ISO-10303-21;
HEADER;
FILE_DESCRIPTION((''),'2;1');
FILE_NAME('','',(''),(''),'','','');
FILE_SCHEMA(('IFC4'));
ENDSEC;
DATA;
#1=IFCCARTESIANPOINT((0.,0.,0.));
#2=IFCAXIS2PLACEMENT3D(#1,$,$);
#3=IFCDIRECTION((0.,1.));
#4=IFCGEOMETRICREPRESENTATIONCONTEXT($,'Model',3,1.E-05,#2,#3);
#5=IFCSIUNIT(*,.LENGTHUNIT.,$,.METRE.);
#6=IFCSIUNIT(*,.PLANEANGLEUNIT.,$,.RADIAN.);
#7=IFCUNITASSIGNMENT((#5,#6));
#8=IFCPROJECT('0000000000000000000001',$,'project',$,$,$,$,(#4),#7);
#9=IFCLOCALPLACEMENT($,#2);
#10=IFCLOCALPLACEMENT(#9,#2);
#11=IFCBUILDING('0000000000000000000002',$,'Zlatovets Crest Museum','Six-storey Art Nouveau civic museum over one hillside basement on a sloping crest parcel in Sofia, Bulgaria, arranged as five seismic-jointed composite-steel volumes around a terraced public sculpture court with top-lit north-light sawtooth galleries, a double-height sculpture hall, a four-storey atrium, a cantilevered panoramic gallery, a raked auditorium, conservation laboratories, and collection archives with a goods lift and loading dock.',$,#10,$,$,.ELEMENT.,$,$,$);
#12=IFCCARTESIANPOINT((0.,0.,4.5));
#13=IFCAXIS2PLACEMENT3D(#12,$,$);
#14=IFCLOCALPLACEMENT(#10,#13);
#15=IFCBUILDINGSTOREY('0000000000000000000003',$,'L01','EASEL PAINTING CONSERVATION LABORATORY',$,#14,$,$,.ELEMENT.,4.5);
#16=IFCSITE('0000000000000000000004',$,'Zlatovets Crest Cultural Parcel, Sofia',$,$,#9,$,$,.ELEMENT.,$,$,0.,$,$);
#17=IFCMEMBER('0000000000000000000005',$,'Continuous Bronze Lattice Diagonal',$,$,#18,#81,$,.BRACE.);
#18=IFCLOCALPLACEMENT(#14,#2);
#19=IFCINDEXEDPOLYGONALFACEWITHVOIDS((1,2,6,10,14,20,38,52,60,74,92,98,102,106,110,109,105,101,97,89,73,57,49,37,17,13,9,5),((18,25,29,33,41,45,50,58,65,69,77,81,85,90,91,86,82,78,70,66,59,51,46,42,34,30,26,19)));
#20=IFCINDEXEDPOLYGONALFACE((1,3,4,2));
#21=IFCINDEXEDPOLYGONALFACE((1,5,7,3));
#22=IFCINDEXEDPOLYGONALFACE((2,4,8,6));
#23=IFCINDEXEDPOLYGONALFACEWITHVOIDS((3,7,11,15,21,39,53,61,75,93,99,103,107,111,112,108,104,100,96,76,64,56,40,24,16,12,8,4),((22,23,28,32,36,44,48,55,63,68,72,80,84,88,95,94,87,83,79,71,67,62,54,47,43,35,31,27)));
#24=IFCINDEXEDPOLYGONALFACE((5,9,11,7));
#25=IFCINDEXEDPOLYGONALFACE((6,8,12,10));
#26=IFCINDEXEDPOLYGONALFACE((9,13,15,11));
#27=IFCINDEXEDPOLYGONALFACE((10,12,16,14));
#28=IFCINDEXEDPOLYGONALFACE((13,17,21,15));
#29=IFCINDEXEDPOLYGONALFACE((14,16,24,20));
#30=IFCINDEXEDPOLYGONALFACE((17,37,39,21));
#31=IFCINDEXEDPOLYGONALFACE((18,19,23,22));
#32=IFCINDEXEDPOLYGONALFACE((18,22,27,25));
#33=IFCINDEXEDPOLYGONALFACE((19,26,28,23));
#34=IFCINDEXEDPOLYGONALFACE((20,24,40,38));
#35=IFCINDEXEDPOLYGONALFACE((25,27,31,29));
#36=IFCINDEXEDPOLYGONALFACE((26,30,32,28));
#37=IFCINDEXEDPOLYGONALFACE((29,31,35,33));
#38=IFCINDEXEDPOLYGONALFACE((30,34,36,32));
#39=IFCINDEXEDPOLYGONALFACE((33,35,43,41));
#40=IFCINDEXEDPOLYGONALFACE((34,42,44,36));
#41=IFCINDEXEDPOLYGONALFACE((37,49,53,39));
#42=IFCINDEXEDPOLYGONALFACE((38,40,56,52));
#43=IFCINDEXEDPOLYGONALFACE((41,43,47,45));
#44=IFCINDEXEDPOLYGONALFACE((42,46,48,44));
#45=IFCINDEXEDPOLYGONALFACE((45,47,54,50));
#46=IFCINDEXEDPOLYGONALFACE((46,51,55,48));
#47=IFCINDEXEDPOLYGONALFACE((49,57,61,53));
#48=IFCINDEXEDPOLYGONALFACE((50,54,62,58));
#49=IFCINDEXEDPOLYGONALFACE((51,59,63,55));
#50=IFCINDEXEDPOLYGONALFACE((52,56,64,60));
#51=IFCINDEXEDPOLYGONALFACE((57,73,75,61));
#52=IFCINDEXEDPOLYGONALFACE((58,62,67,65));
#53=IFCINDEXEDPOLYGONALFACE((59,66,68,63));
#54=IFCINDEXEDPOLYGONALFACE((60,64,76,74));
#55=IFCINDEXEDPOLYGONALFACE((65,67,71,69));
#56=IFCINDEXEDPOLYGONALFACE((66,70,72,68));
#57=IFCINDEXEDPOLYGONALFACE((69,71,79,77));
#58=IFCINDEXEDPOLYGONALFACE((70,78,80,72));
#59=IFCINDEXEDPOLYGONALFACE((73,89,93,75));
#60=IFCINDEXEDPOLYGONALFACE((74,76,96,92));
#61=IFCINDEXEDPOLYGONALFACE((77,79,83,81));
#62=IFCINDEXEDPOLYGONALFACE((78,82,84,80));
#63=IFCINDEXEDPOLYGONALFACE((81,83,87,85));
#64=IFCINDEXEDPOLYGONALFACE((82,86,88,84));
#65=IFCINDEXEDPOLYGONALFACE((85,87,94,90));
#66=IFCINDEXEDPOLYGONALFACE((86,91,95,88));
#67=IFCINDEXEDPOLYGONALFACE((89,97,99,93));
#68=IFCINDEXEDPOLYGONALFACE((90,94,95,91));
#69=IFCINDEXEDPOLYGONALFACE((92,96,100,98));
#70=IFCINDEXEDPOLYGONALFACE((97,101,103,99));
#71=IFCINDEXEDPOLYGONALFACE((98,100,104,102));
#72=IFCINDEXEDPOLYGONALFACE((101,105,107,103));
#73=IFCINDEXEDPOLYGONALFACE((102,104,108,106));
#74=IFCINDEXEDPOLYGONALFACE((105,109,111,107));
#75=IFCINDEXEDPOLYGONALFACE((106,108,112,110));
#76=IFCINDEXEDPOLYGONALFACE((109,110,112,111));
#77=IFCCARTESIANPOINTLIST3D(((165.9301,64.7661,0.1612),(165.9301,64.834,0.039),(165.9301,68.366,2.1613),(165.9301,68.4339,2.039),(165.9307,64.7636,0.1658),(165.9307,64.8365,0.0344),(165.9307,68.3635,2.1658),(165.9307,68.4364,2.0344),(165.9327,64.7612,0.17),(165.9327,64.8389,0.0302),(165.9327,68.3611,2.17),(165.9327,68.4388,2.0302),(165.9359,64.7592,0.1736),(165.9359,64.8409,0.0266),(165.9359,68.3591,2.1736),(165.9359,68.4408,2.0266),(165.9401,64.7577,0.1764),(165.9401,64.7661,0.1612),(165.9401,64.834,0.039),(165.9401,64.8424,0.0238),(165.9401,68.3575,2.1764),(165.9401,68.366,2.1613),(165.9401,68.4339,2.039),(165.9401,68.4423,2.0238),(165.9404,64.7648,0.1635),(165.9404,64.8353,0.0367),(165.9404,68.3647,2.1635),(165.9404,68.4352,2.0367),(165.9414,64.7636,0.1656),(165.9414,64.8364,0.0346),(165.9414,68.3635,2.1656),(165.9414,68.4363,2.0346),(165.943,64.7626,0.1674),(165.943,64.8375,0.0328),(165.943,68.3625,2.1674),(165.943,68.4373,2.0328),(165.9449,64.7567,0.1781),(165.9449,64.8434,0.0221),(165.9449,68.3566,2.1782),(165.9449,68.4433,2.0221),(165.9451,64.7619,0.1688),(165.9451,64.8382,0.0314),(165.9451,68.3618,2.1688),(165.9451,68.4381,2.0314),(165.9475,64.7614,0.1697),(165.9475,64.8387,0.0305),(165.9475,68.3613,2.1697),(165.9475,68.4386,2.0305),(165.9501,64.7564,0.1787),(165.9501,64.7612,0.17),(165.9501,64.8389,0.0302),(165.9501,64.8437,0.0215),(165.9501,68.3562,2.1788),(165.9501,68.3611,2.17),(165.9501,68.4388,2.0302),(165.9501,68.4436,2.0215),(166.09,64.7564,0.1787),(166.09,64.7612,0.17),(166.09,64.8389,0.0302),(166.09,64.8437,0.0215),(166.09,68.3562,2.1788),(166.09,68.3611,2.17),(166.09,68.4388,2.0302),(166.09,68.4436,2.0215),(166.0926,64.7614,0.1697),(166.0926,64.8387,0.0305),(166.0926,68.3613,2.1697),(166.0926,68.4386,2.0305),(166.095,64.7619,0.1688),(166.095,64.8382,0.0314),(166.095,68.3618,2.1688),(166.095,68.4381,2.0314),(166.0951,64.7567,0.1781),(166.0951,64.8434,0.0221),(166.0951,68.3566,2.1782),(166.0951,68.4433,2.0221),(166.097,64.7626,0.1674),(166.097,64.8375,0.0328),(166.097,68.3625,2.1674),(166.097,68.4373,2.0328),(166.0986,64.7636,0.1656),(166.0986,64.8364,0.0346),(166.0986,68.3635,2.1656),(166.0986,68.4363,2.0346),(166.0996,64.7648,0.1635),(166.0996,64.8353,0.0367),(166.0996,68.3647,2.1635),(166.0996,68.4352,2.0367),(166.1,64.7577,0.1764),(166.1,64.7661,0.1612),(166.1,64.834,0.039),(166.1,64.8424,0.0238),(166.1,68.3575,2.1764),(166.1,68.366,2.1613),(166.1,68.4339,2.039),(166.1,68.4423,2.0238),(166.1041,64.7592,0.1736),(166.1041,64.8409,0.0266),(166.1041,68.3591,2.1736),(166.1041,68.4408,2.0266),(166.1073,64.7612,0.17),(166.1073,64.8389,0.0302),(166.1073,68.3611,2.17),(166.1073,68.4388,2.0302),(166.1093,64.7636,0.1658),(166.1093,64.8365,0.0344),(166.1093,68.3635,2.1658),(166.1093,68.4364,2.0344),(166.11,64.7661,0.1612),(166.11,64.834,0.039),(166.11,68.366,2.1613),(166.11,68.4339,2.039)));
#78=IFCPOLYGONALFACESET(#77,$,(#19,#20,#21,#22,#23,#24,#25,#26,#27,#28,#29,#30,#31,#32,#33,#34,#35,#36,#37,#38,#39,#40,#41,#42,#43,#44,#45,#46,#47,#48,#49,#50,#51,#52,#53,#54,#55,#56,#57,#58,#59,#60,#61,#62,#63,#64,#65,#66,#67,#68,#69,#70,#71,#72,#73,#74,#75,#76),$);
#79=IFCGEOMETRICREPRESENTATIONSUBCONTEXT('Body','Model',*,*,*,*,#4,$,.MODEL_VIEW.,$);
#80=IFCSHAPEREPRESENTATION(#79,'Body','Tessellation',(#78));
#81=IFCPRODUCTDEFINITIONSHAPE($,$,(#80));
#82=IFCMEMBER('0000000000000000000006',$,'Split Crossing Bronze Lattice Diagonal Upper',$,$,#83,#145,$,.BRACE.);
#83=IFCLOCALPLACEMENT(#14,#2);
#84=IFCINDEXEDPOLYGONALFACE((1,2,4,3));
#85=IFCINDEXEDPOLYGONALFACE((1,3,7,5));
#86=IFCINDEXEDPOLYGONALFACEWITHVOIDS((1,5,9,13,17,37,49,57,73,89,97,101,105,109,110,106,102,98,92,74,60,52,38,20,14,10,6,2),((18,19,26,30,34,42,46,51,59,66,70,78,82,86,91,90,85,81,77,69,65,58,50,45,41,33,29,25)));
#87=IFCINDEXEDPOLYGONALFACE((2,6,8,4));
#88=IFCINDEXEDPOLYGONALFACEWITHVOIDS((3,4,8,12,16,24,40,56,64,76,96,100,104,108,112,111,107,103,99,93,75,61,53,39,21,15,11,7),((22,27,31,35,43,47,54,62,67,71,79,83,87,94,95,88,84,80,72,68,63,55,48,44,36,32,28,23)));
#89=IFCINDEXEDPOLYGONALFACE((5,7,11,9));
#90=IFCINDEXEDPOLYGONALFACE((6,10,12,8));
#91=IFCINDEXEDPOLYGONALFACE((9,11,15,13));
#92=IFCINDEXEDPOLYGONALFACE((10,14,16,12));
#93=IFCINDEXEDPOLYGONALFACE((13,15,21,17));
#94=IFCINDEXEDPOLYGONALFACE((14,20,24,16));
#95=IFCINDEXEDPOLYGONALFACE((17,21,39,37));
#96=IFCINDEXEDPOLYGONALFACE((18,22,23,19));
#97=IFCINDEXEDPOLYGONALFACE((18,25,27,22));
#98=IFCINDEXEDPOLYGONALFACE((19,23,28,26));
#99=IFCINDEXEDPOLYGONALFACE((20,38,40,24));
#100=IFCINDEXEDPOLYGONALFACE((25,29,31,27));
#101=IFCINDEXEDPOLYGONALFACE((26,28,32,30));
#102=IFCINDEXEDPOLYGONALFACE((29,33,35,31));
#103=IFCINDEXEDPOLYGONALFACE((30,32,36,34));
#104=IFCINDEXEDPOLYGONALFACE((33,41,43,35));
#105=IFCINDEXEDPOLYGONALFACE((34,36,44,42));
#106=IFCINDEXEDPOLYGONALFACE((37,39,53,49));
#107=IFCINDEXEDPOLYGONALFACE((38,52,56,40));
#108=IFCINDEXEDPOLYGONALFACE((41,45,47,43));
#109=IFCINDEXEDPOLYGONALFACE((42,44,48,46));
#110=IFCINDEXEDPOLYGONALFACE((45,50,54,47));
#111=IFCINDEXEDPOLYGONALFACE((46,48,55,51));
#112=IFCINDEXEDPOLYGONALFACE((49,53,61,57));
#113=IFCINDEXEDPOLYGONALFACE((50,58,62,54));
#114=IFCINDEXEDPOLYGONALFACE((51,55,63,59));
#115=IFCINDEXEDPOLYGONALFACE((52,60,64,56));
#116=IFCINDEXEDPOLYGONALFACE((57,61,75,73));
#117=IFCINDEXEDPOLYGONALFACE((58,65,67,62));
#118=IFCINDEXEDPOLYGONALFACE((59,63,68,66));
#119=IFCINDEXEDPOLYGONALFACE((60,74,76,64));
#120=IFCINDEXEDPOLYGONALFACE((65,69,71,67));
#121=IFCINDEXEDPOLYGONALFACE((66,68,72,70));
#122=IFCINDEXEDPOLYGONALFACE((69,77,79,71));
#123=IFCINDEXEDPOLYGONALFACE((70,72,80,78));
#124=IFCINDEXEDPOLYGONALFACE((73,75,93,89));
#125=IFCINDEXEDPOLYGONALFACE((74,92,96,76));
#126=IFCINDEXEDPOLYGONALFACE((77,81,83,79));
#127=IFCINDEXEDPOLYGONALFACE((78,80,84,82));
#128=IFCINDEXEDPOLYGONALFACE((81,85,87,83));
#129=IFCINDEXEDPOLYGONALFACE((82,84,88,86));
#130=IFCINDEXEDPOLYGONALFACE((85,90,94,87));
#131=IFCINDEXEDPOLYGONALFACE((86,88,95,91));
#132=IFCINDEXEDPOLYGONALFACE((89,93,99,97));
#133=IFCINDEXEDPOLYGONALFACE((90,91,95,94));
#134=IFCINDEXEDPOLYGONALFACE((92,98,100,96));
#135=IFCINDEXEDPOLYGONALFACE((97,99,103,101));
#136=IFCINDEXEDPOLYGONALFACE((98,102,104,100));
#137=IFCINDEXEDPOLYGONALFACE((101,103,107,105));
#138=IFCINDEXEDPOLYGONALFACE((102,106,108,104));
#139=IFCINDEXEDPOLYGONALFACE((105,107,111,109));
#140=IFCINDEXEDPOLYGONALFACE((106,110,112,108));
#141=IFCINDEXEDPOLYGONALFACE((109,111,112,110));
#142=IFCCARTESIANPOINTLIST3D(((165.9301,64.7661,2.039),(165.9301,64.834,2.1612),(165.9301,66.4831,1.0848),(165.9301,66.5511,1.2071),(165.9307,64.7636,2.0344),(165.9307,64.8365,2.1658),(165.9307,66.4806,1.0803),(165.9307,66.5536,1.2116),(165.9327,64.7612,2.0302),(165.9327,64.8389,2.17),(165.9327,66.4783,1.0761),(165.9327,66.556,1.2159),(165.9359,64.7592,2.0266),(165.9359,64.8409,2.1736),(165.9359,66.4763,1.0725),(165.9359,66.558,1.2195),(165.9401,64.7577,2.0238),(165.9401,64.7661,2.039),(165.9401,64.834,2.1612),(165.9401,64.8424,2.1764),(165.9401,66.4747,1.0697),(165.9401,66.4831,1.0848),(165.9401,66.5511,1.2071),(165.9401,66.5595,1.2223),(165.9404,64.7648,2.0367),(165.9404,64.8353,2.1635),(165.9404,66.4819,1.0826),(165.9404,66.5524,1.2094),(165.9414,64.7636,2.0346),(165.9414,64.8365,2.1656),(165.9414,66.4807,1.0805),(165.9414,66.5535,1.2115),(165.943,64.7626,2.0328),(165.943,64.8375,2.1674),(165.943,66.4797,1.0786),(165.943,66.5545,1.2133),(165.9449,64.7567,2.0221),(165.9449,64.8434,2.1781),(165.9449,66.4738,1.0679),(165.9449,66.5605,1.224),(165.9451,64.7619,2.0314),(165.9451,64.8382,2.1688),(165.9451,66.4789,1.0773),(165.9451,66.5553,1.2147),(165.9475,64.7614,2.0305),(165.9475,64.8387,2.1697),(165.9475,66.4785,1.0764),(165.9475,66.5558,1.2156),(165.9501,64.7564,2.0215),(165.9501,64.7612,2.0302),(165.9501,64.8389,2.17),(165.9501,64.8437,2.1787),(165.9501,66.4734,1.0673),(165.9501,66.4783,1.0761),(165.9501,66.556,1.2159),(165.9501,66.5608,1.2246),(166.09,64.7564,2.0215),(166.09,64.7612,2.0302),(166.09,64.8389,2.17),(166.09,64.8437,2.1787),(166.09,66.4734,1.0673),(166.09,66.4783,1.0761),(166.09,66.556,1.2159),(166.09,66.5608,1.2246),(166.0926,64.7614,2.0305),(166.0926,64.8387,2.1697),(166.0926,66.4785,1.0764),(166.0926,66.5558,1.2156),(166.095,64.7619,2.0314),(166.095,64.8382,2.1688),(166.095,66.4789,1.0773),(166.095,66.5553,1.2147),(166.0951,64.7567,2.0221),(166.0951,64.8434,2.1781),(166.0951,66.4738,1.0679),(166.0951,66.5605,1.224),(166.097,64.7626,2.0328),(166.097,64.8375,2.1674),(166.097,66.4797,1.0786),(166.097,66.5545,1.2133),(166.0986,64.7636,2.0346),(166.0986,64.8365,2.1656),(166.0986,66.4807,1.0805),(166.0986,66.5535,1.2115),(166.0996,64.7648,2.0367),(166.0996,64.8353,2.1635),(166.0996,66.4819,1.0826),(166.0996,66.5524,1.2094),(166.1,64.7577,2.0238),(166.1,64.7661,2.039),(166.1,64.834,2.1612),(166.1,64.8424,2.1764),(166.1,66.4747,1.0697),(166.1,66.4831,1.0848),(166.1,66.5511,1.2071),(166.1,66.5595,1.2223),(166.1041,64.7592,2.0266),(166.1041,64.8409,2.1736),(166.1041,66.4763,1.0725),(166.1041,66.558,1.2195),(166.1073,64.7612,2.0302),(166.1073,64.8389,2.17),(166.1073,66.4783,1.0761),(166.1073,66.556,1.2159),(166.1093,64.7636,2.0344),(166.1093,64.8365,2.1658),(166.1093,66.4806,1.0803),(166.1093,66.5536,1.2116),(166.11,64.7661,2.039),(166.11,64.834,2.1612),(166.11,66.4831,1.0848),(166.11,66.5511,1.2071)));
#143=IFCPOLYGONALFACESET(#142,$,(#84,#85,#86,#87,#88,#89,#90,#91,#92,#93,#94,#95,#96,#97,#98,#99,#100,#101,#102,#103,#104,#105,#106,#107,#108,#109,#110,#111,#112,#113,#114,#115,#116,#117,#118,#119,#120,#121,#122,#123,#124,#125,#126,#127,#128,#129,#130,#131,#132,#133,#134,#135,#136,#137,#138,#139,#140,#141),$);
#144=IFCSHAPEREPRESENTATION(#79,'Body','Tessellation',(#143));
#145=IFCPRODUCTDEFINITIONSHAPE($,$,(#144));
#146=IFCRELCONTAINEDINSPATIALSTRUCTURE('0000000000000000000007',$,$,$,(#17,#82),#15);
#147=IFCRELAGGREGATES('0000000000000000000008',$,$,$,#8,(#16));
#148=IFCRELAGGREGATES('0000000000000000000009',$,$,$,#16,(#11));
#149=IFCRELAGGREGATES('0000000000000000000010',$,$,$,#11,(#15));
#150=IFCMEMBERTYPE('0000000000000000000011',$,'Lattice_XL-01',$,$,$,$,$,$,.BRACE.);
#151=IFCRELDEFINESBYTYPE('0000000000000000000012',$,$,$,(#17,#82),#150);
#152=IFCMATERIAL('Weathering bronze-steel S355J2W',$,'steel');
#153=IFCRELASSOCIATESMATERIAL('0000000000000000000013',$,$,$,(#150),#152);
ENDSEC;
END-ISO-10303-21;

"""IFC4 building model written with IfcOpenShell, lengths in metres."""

from ifc_helpers import new_model, si_unit, direction, frame, origin, origin_2d, place, context, subcontext, project, spatial, hollow_rectangle, extrude, material, material_profile, profile_set, type_object, element, save


model = new_model("IFC4")

# Units and contexts
model_context = context("Model", 3, precision=1e-05, world=origin(), true_north=direction((0.0, 1.0)))
body_context = subcontext(model_context, "Body", "Model", "MODEL_VIEW")
ifc_project = project(units=[si_unit("LENGTHUNIT", "METRE"), si_unit("PLANEANGLEUNIT", "RADIAN")], contexts=[model_context])

# Site, building, storey
site_placement = place(None, origin())
site = spatial("IfcSite", under=ifc_project, at=site_placement, Name="Zlatovets Crest Cultural Parcel, Sofia", CompositionType="ELEMENT", RefElevation=0.0)
building_placement = place(site_placement, origin())
building = spatial("IfcBuilding", under=site, at=building_placement, Name="Zlatovets Crest Museum", Description="Six-storey Art Nouveau civic museum over one hillside basement on a sloping crest parcel in Sofia, Bulgaria, arranged as five seismic-jointed composite-steel volumes around a terraced public sculpture court with top-lit north-light sawtooth galleries, a double-height sculpture hall, a four-storey atrium, a cantilevered panoramic gallery, a raked auditorium, conservation laboratories, and collection archives with a goods lift and loading dock.", CompositionType="ELEMENT")
storey_placement = place(building_placement, frame((0.0, 0.0, 4.5)))
storey = spatial("IfcBuildingStorey", under=building, at=storey_placement, Name="L01", Description="EASEL PAINTING CONSERVATION LABORATORY", CompositionType="ELEMENT", Elevation=4.5)

# Members
ifc_material_1 = material(Name="Weathering bronze-steel S355J2W", Category="steel")
ifc_material_profile_1 = material_profile(ifc_material_1, hollow_rectangle(XDim=0.1799, YDim=0.1799, WallThickness=0.01, InnerFilletRadius=0.01, OuterFilletRadius=0.02, at=origin_2d()), Name="SHS 180x180x10.0")
ifc_profile_set_1 = profile_set([ifc_material_profile_1], Name="Weathering bronze-steel S355J2W")
member_type_1 = type_object("IfcMemberType", Name="Lattice_XL-01", PredefinedType="BRACE", material=ifc_profile_set_1)
member_1_placement = place(storey_placement, frame((166.02, 64.8, 0.1001), z_axis=(0.0, 0.874149, 0.485658), x_axis=(-1.0, 0.0, 0.0)))
element("IfcMember", 1, at=member_1_placement, inside=storey, type_object=member_type_1, Name="Continuous Bronze Lattice Diagonal", PredefinedType="BRACE", context=body_context, shape_type="SweptSolid", body=[
    extrude(hollow_rectangle(XDim=0.1799, YDim=0.1799, WallThickness=0.01, InnerFilletRadius=0.01, OuterFilletRadius=0.02, at=origin_2d()), origin(), (0.0, 0.0, 1.0), 4.1182),
])
member_2_placement = place(storey_placement, frame((166.02, 64.8, 2.1001), z_axis=(0.0, 0.874116, -0.485717), x_axis=(-1.0, 0.0, 0.0)))
element("IfcMember", 2, at=member_2_placement, inside=storey, type_object=member_type_1, Name="Split Crossing Bronze Lattice Diagonal Upper", PredefinedType="BRACE", context=body_context, shape_type="SweptSolid", body=[
    extrude(hollow_rectangle(XDim=0.1799, YDim=0.1799, WallThickness=0.01, InnerFilletRadius=0.01, OuterFilletRadius=0.02, at=origin_2d()), origin(), (0.0, 0.0, 1.0), 1.9644),
])

save(model, "model.ifc")
